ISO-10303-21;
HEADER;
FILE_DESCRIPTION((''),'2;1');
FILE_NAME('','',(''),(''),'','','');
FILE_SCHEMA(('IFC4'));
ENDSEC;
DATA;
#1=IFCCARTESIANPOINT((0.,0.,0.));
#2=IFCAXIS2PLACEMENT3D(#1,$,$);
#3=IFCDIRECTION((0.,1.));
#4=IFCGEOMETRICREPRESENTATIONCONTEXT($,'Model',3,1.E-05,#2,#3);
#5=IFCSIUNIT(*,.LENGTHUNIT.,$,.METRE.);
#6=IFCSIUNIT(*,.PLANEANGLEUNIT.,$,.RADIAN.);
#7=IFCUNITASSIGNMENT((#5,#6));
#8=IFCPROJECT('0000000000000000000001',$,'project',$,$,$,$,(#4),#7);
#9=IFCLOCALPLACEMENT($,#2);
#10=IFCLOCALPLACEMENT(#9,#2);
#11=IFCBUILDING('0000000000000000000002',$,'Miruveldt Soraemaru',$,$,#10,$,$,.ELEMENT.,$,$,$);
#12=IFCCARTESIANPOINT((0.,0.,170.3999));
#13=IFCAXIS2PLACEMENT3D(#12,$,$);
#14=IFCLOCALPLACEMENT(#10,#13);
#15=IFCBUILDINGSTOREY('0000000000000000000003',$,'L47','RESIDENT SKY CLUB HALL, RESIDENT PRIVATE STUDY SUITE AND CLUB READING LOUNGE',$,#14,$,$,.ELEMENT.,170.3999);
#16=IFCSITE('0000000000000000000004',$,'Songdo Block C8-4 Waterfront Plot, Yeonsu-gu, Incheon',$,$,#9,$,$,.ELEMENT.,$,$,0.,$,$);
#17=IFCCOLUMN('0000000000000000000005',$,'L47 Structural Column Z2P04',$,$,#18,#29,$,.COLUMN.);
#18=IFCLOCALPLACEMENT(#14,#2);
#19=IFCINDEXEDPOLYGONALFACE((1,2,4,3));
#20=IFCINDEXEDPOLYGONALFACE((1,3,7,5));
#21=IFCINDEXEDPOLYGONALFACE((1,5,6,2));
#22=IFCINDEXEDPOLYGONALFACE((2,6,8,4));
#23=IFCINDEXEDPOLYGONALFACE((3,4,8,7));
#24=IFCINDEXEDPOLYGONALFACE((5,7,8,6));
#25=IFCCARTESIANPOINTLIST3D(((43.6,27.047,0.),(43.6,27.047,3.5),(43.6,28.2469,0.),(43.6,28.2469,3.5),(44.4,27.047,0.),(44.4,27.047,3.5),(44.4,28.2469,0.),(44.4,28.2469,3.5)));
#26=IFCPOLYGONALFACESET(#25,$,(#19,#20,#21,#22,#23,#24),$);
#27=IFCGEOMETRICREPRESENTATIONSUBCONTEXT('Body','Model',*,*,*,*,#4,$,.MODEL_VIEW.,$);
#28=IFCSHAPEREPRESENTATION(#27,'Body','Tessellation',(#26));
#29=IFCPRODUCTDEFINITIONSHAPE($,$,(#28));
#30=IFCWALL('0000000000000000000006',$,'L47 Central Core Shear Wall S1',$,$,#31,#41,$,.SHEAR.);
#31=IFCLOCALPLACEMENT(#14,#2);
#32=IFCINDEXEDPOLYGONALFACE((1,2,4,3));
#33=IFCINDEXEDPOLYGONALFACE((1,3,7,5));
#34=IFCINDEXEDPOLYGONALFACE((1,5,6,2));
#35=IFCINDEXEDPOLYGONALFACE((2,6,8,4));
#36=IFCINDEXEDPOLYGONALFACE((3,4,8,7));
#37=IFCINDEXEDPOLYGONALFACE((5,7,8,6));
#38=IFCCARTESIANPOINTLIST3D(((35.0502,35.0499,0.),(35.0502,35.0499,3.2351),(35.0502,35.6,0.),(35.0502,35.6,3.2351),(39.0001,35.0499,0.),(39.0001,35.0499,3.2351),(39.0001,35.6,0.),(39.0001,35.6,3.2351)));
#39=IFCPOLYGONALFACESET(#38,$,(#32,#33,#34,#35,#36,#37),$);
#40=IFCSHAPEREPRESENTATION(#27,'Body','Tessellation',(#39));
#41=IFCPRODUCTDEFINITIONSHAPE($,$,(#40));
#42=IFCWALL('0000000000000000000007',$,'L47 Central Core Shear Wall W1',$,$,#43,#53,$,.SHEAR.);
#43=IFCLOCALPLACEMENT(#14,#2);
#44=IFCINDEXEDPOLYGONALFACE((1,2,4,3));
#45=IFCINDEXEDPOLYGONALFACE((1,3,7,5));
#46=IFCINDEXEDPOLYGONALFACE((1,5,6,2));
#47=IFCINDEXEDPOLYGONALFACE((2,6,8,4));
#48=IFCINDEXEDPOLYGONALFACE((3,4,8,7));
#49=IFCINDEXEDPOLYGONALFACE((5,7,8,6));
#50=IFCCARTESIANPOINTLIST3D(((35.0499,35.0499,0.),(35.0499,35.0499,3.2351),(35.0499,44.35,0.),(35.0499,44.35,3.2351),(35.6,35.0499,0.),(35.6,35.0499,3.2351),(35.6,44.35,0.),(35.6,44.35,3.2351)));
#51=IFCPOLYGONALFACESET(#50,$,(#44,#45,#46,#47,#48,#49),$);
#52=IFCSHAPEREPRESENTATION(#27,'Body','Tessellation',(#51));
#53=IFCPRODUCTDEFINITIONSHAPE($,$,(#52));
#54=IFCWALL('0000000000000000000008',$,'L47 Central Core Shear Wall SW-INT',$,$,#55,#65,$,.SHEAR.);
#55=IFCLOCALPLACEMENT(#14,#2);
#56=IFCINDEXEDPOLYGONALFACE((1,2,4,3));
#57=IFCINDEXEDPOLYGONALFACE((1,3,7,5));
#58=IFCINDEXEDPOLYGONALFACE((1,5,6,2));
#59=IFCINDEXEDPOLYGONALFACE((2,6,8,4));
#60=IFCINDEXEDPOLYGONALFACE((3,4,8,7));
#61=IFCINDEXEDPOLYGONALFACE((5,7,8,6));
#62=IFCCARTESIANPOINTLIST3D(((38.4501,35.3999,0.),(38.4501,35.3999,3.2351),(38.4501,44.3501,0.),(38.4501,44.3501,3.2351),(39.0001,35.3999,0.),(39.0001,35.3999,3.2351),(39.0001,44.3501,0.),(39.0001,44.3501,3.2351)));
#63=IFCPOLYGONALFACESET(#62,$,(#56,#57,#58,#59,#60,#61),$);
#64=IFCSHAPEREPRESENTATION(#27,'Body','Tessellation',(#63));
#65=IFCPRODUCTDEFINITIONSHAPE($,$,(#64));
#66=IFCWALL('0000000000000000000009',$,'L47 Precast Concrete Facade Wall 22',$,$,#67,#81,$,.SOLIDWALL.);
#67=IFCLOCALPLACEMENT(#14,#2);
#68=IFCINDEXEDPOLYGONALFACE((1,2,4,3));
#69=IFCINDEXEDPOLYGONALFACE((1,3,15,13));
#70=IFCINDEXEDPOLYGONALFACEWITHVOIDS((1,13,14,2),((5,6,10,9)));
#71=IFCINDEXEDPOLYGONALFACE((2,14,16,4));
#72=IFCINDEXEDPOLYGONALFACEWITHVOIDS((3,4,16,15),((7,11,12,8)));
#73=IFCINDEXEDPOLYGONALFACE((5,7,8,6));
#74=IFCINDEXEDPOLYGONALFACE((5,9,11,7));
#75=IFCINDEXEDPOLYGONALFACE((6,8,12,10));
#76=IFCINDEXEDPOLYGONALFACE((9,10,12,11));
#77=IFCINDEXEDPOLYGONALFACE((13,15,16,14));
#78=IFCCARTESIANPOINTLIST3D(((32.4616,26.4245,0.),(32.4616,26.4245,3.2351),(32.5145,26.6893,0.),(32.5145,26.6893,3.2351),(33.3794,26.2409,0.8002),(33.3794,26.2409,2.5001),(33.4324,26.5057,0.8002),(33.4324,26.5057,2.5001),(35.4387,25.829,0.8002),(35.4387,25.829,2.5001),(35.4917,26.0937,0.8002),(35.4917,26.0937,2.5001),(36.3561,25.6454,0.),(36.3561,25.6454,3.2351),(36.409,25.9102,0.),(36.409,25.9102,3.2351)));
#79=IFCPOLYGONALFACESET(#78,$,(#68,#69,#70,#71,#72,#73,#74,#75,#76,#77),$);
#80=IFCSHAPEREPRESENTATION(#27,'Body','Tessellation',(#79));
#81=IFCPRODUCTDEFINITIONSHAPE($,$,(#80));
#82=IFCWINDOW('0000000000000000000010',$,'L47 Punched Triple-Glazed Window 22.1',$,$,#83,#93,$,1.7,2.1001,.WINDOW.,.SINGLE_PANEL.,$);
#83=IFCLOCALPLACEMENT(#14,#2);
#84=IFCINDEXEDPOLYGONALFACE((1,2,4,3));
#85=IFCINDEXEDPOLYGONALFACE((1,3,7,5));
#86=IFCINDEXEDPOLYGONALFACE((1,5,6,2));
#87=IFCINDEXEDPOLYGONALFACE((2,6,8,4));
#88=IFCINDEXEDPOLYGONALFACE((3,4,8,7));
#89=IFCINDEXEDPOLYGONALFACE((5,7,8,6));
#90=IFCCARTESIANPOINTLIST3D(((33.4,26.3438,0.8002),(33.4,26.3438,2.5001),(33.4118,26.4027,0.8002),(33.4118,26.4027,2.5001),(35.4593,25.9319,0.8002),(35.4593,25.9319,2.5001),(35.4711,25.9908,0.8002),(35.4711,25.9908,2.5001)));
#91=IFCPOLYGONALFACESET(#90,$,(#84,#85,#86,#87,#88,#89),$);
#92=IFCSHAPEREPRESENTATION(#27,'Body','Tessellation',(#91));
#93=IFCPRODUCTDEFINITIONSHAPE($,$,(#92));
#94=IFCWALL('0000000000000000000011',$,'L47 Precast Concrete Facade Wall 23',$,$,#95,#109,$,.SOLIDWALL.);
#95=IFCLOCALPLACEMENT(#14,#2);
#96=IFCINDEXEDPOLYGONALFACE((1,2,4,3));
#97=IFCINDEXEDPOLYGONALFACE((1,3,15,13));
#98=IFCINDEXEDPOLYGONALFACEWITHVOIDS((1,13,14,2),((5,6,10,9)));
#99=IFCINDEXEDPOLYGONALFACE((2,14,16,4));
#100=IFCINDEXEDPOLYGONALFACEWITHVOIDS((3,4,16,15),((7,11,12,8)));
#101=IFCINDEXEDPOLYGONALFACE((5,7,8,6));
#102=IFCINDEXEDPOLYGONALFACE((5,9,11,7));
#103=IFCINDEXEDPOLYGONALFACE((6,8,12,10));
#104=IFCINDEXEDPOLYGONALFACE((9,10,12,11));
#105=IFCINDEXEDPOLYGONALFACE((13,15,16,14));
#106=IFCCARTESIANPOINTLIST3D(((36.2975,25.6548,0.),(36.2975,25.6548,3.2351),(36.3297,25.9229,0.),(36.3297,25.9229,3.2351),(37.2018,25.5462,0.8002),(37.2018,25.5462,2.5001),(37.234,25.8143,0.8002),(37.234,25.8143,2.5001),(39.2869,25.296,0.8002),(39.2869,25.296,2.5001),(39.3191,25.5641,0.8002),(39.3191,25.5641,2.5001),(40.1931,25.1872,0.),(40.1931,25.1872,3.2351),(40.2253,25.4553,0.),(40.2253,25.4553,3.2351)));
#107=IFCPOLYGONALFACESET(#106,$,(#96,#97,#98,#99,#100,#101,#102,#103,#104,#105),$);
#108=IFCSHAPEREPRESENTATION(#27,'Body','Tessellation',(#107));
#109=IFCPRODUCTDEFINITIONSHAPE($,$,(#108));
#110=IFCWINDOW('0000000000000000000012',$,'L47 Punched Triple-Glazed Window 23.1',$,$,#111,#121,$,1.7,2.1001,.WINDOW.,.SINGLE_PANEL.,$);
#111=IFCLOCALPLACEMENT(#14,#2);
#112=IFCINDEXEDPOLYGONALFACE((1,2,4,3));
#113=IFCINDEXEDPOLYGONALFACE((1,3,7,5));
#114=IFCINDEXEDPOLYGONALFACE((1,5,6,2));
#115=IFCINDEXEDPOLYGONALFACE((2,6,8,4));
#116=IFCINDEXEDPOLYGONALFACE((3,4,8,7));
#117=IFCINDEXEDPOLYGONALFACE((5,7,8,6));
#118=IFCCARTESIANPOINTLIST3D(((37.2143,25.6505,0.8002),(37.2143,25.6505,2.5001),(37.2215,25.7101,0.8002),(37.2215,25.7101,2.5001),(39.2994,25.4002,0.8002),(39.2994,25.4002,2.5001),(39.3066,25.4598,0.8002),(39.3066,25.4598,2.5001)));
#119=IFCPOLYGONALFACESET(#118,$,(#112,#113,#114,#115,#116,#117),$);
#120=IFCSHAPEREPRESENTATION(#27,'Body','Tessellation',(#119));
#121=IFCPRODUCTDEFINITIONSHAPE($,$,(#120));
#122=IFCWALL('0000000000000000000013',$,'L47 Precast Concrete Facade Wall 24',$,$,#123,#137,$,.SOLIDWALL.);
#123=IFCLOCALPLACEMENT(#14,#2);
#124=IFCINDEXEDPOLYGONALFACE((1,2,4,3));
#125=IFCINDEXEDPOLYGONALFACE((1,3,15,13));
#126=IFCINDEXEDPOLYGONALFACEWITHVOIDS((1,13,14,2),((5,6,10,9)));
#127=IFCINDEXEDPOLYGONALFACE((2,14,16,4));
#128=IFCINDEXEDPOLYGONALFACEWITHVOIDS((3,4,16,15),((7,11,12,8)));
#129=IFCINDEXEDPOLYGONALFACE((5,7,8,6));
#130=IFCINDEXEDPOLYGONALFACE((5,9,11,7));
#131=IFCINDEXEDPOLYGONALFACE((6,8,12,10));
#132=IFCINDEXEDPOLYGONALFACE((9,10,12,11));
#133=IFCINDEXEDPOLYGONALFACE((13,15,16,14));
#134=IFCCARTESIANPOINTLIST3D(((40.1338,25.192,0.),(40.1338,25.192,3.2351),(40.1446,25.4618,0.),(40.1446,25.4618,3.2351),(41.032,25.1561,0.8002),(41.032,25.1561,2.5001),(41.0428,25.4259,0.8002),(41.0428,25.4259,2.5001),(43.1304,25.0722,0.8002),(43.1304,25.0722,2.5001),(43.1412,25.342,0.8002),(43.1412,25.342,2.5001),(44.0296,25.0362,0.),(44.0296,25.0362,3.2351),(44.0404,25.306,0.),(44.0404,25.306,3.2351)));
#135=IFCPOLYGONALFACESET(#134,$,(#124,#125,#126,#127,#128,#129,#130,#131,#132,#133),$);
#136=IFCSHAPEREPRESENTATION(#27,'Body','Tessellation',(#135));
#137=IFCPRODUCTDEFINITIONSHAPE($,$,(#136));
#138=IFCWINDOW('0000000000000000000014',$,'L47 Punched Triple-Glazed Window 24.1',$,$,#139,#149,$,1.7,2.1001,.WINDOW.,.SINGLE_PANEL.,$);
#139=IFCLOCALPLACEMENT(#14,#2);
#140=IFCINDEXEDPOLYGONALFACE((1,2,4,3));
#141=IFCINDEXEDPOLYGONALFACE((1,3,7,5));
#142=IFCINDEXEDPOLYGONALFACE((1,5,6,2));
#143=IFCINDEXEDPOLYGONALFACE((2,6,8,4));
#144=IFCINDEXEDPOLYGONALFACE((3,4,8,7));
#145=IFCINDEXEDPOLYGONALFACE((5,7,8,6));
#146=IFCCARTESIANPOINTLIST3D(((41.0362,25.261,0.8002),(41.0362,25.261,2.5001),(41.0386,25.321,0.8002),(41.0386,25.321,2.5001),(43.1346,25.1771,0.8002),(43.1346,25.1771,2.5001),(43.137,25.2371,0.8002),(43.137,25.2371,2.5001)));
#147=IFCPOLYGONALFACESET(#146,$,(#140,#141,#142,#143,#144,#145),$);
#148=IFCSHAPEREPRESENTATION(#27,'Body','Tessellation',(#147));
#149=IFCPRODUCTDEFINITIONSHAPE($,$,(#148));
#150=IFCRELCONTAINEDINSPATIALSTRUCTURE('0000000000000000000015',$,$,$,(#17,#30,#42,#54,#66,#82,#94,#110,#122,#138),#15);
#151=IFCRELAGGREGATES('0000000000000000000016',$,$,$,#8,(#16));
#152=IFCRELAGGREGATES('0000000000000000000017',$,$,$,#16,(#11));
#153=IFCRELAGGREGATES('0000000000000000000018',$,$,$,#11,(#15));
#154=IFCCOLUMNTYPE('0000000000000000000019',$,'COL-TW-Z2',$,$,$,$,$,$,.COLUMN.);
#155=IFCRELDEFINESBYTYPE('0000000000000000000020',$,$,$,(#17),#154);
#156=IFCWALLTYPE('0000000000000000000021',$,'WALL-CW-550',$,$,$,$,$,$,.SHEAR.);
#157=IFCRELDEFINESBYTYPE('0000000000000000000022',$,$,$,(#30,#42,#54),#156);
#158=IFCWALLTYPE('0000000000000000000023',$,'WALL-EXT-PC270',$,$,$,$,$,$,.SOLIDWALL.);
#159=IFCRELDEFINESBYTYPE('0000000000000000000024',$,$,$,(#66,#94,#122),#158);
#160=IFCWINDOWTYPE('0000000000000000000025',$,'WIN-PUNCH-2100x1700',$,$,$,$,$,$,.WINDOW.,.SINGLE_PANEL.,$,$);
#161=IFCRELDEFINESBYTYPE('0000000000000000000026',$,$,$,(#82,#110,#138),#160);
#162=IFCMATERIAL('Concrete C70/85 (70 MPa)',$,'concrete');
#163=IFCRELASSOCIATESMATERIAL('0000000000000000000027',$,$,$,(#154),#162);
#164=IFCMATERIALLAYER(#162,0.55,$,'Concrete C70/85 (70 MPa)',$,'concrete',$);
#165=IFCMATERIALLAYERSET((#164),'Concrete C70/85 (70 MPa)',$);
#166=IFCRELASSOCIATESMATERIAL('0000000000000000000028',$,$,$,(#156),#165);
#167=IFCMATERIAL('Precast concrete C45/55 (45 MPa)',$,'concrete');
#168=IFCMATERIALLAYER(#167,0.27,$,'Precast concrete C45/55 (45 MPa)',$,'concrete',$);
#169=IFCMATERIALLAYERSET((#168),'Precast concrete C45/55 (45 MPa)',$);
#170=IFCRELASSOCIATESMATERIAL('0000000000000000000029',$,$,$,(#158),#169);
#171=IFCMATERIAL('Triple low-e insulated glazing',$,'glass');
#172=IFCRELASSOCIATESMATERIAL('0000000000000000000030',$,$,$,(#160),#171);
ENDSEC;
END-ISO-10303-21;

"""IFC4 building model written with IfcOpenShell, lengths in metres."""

from ifc_helpers import new_model, si_unit, direction, frame, frame_2d, origin, origin_2d, place, context, subcontext, project, spatial, rectangle, extrude, material, layer, layer_set, material_profile, profile_set, type_object, element, fill, save


model = new_model("IFC4")

# Units and contexts
model_context = context("Model", 3, precision=1e-05, world=origin(), true_north=direction((0.0, 1.0)))
body_context = subcontext(model_context, "Body", "Model", "MODEL_VIEW")
ifc_project = project(units=[si_unit("LENGTHUNIT", "METRE"), si_unit("PLANEANGLEUNIT", "RADIAN")], contexts=[model_context])

# Site, building, storey
site_placement = place(None, origin())
site = spatial("IfcSite", under=ifc_project, at=site_placement, Name="Songdo Block C8-4 Waterfront Plot, Yeonsu-gu, Incheon", CompositionType="ELEMENT", RefElevation=0.0)
building_placement = place(site_placement, origin())
building = spatial("IfcBuilding", under=site, at=building_placement, Name="Miruveldt Soraemaru", CompositionType="ELEMENT")
storey_placement = place(building_placement, frame((0.0, 0.0, 170.3999)))
storey = spatial("IfcBuildingStorey", under=building, at=storey_placement, Name="L47", Description="RESIDENT SKY CLUB HALL, RESIDENT PRIVATE STUDY SUITE AND CLUB READING LOUNGE", CompositionType="ELEMENT", Elevation=170.3999)

# Column
ifc_material_1 = material(Name="Concrete C70/85 (70 MPa)", Category="concrete")
ifc_material_profile = material_profile(ifc_material_1, rectangle(XDim=1.2, YDim=0.8, at=origin_2d()), Name="Concrete C70/85 (70 MPa)", Category="concrete")
ifc_profile_set = profile_set([ifc_material_profile], Name="Concrete C70/85 (70 MPa)")
column_type = type_object("IfcColumnType", Name="COL-TW-Z2", PredefinedType="COLUMN", material=ifc_profile_set)
column_placement = place(storey_placement, frame((44.0, 27.647, 0.0), z_axis=(0.0, 0.0, 1.0), x_axis=(0.0, 1.0, 0.0)))
element("IfcColumn", 1, at=column_placement, inside=storey, type_object=column_type, Name="L47 Structural Column Z2P04", PredefinedType="COLUMN", context=body_context, shape_type="SweptSolid", body=[
    extrude(rectangle(XDim=1.2, YDim=0.8, at=origin_2d()), origin(), (0.0, 0.0, 1.0), 3.5),
])

# Walls
ifc_layer_1 = layer(ifc_material_1, 0.55, Name="Concrete C70/85 (70 MPa)", Category="concrete")
ifc_layer_set_1 = layer_set([ifc_layer_1], Name="Concrete C70/85 (70 MPa)")
wall_type_1 = type_object("IfcWallType", Name="WALL-CW-550", PredefinedType="SHEAR", material=ifc_layer_set_1)
wall_1_placement = place(storey_placement, frame((35.05, 35.325, 0.0), z_axis=(0.0, 0.0, 1.0), x_axis=(1.0, 0.0, 0.0)))
element("IfcWall", 2, at=wall_1_placement, inside=storey, type_object=wall_type_1, Name="L47 Central Core Shear Wall S1", PredefinedType="SHEAR", context=body_context, shape_type="SweptSolid", body=[
    extrude(rectangle(XDim=3.95, YDim=0.55, at=frame_2d((1.9751, 0.0))), origin(), (0.0, 0.0, 1.0), 3.2351),
])
wall_2_placement = place(storey_placement, frame((35.325, 35.05, 0.0), z_axis=(0.0, 0.0, 1.0), x_axis=(0.0, 1.0, 0.0)))
element("IfcWall", 3, at=wall_2_placement, inside=storey, type_object=wall_type_1, Name="L47 Central Core Shear Wall W1", PredefinedType="SHEAR", context=body_context, shape_type="SweptSolid", body=[
    extrude(rectangle(XDim=9.3, YDim=0.55, at=frame_2d((4.6499, 0.0))), origin(), (0.0, 0.0, 1.0), 3.2351),
])
wall_3_placement = place(storey_placement, frame((38.7251, 35.3999, 0.0), z_axis=(0.0, 0.0, 1.0), x_axis=(0.0, 1.0, 0.0)))
element("IfcWall", 4, at=wall_3_placement, inside=storey, type_object=wall_type_1, Name="L47 Central Core Shear Wall SW-INT", PredefinedType="SHEAR", context=body_context, shape_type="SweptSolid", body=[
    extrude(rectangle(XDim=8.9502, YDim=0.55, at=frame_2d((4.4751, 0.0))), origin(), (0.0, 0.0, 1.0), 3.2351),
])

# Walls, openings, windows
ifc_material_2 = material(Name="Precast concrete C45/55 (45 MPa)", Category="concrete")
ifc_layer_2 = layer(ifc_material_2, 0.27, Name="Precast concrete C45/55 (45 MPa)", Category="concrete")
ifc_layer_set_2 = layer_set([ifc_layer_2], Name="Precast concrete C45/55 (45 MPa)")
wall_type_2 = type_object("IfcWallType", Name="WALL-EXT-PC270", PredefinedType="SOLIDWALL", material=ifc_layer_set_2)
wall_4_placement = place(storey_placement, frame((32.488, 26.5569, 0.0), z_axis=(0.0, 0.0, 1.0), x_axis=(0.980574, -0.196152, 0.0)))
wall_4 = element("IfcWall", 5, at=wall_4_placement, inside=storey, type_object=wall_type_2, Name="L47 Precast Concrete Facade Wall 22", PredefinedType="SOLIDWALL", context=body_context, shape_type="SweptSolid", body=[
    extrude(rectangle(XDim=3.9717, YDim=0.27, at=frame_2d((1.9858, 0.0))), origin(), (0.0, 0.0, 1.0), 3.2351),
])
opening_1_placement = place(wall_4_placement, frame((0.936, 0.0, 0.8)))
opening_1 = element("IfcOpeningElement", 6, at=opening_1_placement, cuts=wall_4, PredefinedType="OPENING", context=body_context, shape_type="SweptSolid", body=[
    extrude(rectangle(XDim=2.1001, YDim=1.7, at=frame_2d((1.05, 0.8501))), frame((0.0, 0.145, 0.0), z_axis=(0.0, -1.0, 0.0), x_axis=(1.0, 0.0, 0.0)), (0.0, 0.0, 1.0), 0.29),
])
ifc_material_3 = material(Name="Triple low-e insulated glazing", Category="glass")
window_type = type_object("IfcWindowType", Name="WIN-PUNCH-2100x1700", PartitioningType="SINGLE_PANEL", PredefinedType="WINDOW", material=ifc_material_3)
window_1_placement = place(opening_1_placement, origin())
window_1 = element("IfcWindow", 7, at=window_1_placement, inside=storey, type_object=window_type, Name="L47 Punched Triple-Glazed Window 22.1", OverallHeight=1.7, OverallWidth=2.1001, PartitioningType="SINGLE_PANEL", PredefinedType="WINDOW", context=body_context, shape_type="SweptSolid", body=[
    extrude(rectangle(XDim=2.1001, YDim=1.7, at=frame_2d((1.05, 0.8501))), frame((0.0, 0.03, 0.0), z_axis=(0.0, -1.0, 0.0), x_axis=(1.0, 0.0, 0.0)), (0.0, 0.0, 1.0), 0.0601),
])
fill(opening_1, window_1)
wall_5_placement = place(storey_placement, frame((36.3135, 25.7888, 0.0), z_axis=(0.0, 0.0, 1.0), x_axis=(0.992875, -0.119162, 0.0)))
wall_5 = element("IfcWall", 8, at=wall_5_placement, inside=storey, type_object=wall_type_2, Name="L47 Precast Concrete Facade Wall 23", PredefinedType="SOLIDWALL", context=body_context, shape_type="SweptSolid", body=[
    extrude(rectangle(XDim=3.9236, YDim=0.27, at=frame_2d((1.9619, 0.0))), origin(), (0.0, 0.0, 1.0), 3.2351),
])
opening_2_placement = place(wall_5_placement, frame((0.9109, 0.0, 0.8)))
opening_2 = element("IfcOpeningElement", 9, at=opening_2_placement, cuts=wall_5, PredefinedType="OPENING", context=body_context, shape_type="SweptSolid", body=[
    extrude(rectangle(XDim=2.1001, YDim=1.7, at=frame_2d((1.05, 0.8501))), frame((0.0, 0.145, 0.0), z_axis=(0.0, -1.0, 0.0), x_axis=(1.0, 0.0, 0.0)), (0.0, 0.0, 1.0), 0.29),
])
window_2_placement = place(opening_2_placement, origin())
window_2 = element("IfcWindow", 10, at=window_2_placement, inside=storey, type_object=window_type, Name="L47 Punched Triple-Glazed Window 23.1", OverallHeight=1.7, OverallWidth=2.1001, PartitioningType="SINGLE_PANEL", PredefinedType="WINDOW", context=body_context, shape_type="SweptSolid", body=[
    extrude(rectangle(XDim=2.1001, YDim=1.7, at=frame_2d((1.05, 0.8501))), frame((0.0, 0.03, 0.0), z_axis=(0.0, -1.0, 0.0), x_axis=(1.0, 0.0, 0.0)), (0.0, 0.0, 1.0), 0.0601),
])
fill(opening_2, window_2)
wall_6_placement = place(storey_placement, frame((40.1392, 25.3269, 0.0), z_axis=(0.0, 0.0, 1.0), x_axis=(0.999202, -0.039951, 0.0)))
wall_6 = element("IfcWall", 11, at=wall_6_placement, inside=storey, type_object=wall_type_2, Name="L47 Precast Concrete Facade Wall 24", PredefinedType="SOLIDWALL", context=body_context, shape_type="SweptSolid", body=[
    extrude(rectangle(XDim=3.8989, YDim=0.27, at=frame_2d((1.9495, 0.0))), origin(), (0.0, 0.0, 1.0), 3.2351),
])
opening_3_placement = place(wall_6_placement, frame((0.8989, 0.0, 0.8)))
opening_3 = element("IfcOpeningElement", 12, at=opening_3_placement, cuts=wall_6, PredefinedType="OPENING", context=body_context, shape_type="SweptSolid", body=[
    extrude(rectangle(XDim=2.1001, YDim=1.7, at=frame_2d((1.05, 0.8501))), frame((0.0, 0.145, 0.0), z_axis=(0.0, -1.0, 0.0), x_axis=(1.0, 0.0, 0.0)), (0.0, 0.0, 1.0), 0.29),
])
window_3_placement = place(opening_3_placement, origin())
window_3 = element("IfcWindow", 13, at=window_3_placement, inside=storey, type_object=window_type, Name="L47 Punched Triple-Glazed Window 24.1", OverallHeight=1.7, OverallWidth=2.1001, PartitioningType="SINGLE_PANEL", PredefinedType="WINDOW", context=body_context, shape_type="SweptSolid", body=[
    extrude(rectangle(XDim=2.1001, YDim=1.7, at=frame_2d((1.05, 0.8501))), frame((0.0, 0.03, 0.0), z_axis=(0.0, -1.0, 0.0), x_axis=(1.0, 0.0, 0.0)), (0.0, 0.0, 1.0), 0.0601),
])
fill(opening_3, window_3)

save(model, "model.ifc")
